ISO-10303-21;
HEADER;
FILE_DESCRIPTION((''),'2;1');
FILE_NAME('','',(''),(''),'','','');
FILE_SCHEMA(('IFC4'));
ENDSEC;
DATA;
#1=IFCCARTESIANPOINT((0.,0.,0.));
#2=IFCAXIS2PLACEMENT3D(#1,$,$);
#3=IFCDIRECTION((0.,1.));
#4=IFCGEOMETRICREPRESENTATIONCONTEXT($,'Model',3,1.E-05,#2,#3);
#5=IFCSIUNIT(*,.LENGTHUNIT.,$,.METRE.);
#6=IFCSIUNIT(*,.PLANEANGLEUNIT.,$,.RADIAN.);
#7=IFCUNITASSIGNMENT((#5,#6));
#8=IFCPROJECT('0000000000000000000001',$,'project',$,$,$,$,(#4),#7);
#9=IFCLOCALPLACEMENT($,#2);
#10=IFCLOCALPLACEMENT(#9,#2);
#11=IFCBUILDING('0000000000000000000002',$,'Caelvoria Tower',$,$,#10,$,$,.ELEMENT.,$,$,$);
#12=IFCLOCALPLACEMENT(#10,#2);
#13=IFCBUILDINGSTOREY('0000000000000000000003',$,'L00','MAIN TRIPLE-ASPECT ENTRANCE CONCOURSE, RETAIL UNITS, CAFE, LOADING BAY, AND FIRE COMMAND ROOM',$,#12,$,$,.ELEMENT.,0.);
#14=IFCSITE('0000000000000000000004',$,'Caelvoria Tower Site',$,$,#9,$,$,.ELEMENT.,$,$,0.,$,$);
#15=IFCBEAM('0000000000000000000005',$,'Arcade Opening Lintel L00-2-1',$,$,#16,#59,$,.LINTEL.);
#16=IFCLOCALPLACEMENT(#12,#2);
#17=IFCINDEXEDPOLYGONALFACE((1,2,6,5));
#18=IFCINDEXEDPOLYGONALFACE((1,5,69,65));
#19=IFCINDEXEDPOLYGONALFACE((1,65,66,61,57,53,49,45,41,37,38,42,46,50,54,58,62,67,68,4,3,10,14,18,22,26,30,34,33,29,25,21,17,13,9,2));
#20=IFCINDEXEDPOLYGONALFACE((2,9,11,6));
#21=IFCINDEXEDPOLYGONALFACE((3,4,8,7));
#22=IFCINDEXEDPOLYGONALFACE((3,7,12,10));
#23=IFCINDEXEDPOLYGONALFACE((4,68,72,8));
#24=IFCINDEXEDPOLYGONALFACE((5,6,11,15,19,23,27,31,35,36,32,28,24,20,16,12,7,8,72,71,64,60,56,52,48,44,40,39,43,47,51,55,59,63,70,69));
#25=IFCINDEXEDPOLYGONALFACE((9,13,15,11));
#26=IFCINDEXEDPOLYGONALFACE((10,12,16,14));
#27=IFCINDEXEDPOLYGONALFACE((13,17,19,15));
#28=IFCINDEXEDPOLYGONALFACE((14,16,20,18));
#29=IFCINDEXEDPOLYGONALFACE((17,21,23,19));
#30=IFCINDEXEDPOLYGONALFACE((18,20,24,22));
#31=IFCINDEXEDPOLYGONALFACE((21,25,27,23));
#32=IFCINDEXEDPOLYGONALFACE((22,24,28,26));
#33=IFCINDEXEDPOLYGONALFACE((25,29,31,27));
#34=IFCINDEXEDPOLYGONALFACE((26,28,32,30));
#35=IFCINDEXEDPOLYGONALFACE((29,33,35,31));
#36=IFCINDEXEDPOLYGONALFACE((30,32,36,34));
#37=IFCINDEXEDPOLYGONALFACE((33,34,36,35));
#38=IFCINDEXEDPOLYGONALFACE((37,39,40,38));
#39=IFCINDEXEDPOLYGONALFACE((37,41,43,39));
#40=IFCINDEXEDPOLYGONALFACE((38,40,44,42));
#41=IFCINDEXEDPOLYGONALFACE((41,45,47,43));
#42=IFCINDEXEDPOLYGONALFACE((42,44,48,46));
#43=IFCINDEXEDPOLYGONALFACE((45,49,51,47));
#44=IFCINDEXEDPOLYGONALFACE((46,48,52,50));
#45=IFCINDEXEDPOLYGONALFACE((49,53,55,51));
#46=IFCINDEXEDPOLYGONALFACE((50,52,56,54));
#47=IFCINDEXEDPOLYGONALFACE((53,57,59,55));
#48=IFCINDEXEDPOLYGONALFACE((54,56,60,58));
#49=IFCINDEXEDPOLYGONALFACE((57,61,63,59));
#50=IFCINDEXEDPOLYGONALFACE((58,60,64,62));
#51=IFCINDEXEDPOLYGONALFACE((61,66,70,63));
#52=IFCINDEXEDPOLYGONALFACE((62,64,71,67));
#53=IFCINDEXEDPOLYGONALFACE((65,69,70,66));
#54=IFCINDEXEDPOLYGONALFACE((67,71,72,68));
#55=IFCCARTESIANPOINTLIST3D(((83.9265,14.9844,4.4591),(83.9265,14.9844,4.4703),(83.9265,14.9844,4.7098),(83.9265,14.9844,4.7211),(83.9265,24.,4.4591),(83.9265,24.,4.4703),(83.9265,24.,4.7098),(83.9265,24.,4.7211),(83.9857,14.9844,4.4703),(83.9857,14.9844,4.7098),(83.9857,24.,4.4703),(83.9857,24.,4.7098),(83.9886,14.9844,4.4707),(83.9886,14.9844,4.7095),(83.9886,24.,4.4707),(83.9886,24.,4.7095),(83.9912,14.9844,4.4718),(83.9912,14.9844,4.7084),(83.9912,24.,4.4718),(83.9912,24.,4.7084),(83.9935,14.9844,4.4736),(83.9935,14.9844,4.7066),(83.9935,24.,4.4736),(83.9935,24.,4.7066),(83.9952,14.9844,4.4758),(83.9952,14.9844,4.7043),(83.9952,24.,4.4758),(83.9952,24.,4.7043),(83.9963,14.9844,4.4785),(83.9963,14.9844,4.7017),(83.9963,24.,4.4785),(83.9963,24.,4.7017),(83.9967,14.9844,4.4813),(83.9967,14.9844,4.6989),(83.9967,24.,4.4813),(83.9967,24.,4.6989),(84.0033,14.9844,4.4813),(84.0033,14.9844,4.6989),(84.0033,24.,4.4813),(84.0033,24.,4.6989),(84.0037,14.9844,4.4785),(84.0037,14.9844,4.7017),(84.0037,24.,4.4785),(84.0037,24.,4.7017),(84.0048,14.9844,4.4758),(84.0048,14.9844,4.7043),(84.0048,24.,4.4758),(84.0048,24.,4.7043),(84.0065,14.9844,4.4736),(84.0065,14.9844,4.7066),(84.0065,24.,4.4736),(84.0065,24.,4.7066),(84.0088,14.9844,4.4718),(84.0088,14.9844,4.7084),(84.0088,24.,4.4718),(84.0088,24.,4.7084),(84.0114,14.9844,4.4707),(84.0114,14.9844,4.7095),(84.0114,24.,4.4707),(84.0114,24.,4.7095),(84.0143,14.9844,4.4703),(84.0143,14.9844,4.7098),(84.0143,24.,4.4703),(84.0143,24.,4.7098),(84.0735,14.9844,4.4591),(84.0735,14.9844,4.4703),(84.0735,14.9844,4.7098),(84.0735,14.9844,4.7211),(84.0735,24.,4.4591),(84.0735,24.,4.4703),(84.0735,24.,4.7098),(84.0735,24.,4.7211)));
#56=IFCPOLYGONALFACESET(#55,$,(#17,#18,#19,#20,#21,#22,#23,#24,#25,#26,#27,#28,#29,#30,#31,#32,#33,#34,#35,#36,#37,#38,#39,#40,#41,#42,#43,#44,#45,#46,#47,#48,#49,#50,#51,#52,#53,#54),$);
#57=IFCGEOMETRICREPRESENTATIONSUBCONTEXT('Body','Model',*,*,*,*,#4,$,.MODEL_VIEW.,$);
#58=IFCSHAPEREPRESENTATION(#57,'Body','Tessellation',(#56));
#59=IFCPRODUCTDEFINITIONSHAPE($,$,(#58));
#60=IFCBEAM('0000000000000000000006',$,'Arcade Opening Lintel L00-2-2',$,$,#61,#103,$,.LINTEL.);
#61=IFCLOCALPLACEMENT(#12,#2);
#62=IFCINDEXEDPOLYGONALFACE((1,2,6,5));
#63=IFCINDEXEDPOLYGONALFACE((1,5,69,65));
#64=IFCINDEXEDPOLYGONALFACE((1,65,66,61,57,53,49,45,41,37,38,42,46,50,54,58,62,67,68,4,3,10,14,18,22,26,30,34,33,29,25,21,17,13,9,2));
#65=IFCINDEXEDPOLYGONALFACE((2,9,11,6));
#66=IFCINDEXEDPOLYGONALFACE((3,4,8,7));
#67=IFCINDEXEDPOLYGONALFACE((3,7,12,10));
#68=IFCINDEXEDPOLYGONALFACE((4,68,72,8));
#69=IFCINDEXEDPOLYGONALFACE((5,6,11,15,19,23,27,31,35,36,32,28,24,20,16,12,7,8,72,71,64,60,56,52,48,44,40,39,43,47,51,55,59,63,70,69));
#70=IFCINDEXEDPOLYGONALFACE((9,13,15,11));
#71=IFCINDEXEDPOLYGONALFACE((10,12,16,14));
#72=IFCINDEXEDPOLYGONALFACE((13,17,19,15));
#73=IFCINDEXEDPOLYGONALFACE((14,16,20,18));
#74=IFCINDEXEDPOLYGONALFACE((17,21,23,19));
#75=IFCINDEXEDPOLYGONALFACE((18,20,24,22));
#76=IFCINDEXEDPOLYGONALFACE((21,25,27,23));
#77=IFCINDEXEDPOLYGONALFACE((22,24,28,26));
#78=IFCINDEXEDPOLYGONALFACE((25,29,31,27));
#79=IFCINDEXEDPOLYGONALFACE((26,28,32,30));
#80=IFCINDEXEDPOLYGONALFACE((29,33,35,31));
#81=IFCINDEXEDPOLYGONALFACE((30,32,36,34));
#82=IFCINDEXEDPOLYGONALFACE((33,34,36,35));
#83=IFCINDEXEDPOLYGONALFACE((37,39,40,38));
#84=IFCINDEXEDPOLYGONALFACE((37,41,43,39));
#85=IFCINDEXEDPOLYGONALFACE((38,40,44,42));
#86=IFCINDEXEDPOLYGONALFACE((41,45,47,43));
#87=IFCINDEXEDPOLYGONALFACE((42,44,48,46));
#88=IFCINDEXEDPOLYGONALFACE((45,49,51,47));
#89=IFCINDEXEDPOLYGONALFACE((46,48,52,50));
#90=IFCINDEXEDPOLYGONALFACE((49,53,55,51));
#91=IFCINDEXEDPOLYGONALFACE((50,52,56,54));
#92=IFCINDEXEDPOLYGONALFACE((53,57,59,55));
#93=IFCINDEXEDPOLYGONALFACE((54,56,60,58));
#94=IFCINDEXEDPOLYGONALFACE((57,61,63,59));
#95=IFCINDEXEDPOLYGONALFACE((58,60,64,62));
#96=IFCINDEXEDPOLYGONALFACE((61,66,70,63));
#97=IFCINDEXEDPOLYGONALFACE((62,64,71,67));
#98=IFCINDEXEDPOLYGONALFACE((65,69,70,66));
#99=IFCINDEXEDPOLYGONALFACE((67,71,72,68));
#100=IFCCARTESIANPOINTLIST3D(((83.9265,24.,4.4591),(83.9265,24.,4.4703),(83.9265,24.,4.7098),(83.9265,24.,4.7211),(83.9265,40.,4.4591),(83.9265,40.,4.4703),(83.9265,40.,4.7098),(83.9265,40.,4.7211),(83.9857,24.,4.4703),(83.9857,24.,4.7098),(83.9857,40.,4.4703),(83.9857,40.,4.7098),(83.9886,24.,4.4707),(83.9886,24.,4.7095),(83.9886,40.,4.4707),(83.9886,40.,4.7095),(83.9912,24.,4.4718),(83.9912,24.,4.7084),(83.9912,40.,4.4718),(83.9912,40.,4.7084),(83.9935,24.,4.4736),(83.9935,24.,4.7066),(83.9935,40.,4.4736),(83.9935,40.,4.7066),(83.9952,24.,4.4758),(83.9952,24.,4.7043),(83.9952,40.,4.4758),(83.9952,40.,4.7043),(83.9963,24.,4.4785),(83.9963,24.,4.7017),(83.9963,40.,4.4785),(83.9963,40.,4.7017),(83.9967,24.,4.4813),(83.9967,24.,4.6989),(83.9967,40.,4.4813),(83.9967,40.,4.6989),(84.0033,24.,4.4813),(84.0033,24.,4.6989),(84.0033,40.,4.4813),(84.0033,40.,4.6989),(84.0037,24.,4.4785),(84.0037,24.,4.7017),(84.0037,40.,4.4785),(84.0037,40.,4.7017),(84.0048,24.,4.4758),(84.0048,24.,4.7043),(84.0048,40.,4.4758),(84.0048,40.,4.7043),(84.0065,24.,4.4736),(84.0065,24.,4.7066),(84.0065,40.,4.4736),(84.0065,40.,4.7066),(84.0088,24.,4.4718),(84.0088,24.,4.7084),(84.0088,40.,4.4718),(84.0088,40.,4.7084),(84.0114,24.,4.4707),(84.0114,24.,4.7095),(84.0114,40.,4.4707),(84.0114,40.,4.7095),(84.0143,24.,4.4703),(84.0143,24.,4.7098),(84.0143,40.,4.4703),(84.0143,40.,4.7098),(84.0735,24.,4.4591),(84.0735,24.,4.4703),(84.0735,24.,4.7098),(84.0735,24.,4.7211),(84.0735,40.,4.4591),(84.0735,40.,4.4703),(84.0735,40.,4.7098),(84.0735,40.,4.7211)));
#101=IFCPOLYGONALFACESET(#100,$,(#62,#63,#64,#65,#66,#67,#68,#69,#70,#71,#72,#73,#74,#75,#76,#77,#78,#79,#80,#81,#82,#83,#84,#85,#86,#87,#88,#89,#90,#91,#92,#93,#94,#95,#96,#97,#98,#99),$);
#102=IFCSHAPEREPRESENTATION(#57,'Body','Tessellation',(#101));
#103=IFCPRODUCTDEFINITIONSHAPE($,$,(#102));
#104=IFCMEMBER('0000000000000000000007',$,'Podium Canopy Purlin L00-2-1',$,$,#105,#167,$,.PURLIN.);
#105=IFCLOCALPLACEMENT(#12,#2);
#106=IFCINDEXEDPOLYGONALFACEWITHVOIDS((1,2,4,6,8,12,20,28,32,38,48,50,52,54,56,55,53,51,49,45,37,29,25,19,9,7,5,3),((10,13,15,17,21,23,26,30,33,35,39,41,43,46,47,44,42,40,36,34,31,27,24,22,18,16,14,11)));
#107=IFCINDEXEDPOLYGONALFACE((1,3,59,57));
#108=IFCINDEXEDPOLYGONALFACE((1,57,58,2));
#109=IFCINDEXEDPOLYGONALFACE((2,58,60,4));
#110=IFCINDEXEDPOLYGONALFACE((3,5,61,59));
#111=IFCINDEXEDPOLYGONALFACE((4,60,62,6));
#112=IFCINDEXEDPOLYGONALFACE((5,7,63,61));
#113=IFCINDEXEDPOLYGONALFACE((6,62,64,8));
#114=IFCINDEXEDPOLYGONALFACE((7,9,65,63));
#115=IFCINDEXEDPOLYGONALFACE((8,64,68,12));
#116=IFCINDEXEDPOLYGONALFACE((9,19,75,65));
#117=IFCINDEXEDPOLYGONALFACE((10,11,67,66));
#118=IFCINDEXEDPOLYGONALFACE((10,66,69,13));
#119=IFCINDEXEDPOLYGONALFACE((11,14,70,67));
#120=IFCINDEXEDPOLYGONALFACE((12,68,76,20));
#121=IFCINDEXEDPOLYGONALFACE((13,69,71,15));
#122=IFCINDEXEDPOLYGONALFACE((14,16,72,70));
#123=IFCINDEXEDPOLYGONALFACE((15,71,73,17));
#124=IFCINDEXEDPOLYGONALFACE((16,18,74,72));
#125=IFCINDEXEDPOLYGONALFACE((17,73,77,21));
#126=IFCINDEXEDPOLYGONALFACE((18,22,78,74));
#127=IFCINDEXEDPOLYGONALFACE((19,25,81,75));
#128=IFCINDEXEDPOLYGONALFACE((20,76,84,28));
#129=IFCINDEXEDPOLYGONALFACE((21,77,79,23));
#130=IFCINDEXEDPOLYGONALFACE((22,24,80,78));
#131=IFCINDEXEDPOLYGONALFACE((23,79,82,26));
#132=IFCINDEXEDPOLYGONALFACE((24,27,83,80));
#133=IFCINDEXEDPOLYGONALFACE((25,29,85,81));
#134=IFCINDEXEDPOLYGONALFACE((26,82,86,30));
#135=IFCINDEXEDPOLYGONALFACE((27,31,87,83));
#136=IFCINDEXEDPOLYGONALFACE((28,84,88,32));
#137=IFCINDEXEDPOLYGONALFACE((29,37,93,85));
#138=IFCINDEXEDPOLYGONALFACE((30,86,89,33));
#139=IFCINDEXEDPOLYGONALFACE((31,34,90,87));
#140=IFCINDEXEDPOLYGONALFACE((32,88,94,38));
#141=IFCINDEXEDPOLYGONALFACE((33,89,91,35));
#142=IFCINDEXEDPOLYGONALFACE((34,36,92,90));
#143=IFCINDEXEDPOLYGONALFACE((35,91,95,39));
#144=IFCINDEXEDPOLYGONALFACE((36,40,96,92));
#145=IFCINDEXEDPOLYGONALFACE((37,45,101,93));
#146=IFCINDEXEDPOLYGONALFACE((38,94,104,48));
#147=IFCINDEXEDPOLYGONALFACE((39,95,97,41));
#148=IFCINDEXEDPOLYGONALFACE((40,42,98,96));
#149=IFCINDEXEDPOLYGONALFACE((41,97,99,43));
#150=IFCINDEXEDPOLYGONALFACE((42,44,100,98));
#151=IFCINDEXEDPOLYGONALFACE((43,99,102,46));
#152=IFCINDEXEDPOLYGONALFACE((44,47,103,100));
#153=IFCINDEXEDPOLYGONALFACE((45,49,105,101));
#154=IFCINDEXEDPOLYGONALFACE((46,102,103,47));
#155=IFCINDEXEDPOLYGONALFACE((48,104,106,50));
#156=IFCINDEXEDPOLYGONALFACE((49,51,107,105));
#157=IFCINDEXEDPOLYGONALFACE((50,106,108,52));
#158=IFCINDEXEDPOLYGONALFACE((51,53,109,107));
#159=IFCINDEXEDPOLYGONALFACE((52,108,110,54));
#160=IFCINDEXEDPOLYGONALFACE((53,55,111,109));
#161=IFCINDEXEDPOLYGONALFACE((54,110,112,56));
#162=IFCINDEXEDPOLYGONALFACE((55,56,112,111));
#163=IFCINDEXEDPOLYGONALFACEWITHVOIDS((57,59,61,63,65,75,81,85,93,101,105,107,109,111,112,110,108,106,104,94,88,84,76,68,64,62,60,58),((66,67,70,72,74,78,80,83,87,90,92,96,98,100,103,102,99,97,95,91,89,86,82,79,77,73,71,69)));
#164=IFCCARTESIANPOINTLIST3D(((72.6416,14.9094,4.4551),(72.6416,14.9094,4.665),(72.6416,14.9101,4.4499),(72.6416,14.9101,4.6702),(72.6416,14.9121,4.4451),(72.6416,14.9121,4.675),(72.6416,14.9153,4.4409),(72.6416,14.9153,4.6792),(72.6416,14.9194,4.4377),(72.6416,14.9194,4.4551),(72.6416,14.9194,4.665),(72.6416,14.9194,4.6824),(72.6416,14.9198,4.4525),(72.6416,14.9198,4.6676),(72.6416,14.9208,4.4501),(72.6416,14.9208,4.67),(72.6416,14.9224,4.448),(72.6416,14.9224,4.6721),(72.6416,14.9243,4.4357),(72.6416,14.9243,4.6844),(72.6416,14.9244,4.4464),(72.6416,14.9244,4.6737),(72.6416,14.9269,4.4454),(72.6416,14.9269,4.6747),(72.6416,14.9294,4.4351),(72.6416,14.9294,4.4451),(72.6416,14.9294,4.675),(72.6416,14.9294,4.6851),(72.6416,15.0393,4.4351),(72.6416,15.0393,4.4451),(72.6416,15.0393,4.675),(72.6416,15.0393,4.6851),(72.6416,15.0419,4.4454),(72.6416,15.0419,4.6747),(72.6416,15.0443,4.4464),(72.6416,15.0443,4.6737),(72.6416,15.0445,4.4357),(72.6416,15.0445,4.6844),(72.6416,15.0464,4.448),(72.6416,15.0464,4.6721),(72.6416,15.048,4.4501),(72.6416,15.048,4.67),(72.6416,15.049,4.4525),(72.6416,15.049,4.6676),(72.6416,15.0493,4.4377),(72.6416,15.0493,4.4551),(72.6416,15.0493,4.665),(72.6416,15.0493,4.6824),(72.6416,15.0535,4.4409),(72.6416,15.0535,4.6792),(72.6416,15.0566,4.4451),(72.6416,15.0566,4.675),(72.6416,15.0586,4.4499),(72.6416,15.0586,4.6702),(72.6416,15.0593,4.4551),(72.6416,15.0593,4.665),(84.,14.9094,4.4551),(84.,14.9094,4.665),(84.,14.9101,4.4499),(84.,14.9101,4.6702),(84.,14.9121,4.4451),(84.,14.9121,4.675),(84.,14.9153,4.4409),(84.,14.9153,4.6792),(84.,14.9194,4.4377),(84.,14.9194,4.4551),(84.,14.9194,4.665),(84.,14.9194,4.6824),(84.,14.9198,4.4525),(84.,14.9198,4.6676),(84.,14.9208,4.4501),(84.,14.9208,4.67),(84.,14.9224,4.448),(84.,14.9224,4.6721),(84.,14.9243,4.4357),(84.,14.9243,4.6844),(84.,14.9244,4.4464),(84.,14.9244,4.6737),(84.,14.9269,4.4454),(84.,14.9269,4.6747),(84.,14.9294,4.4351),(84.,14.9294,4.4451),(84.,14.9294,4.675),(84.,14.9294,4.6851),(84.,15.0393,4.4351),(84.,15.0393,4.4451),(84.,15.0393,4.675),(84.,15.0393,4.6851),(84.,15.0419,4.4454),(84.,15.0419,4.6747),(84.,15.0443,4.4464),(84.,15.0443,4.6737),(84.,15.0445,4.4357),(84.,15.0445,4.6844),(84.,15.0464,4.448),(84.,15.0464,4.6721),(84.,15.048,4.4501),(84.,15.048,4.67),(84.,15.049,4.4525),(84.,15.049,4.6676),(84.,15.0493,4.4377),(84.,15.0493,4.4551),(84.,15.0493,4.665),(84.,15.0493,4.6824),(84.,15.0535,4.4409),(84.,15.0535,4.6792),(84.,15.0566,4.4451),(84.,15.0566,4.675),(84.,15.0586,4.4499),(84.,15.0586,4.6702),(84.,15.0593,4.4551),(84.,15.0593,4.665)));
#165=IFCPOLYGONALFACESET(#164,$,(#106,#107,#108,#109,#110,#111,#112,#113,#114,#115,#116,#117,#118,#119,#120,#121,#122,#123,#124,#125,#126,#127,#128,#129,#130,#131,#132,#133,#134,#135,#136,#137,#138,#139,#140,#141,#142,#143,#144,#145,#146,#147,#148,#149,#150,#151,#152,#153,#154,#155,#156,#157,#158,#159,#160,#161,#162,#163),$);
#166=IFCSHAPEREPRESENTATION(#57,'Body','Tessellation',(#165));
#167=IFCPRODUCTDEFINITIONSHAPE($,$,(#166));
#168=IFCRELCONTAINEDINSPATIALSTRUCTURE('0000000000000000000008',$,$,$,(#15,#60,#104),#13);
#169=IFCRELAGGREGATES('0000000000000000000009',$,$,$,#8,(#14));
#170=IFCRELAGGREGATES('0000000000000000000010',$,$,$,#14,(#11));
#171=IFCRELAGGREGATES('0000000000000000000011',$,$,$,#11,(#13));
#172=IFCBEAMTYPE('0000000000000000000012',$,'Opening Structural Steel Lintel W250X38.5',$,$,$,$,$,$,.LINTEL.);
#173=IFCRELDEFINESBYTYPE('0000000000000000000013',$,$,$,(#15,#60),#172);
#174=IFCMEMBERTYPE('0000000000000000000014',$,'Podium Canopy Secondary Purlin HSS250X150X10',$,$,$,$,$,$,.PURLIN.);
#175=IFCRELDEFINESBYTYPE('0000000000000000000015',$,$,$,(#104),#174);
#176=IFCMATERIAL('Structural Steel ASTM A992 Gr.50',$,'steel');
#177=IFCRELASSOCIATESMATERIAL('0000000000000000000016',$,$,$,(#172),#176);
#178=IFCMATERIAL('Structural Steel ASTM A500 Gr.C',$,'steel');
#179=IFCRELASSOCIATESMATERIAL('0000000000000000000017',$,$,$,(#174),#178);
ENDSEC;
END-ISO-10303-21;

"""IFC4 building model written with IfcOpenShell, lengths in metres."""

from ifc_helpers import new_model, si_unit, direction, frame, origin, origin_2d, place, context, subcontext, project, spatial, hollow_rectangle, i_section, extrude, material, material_profile, profile_set, type_object, element, save


model = new_model("IFC4")

# Units and contexts
model_context = context("Model", 3, precision=1e-05, world=origin(), true_north=direction((0.0, 1.0)))
body_context = subcontext(model_context, "Body", "Model", "MODEL_VIEW")
ifc_project = project(units=[si_unit("LENGTHUNIT", "METRE"), si_unit("PLANEANGLEUNIT", "RADIAN")], contexts=[model_context])

# Site, building, storey
site_placement = place(None, origin())
site = spatial("IfcSite", under=ifc_project, at=site_placement, Name="Caelvoria Tower Site", CompositionType="ELEMENT", RefElevation=0.0)
building_placement = place(site_placement, origin())
building = spatial("IfcBuilding", under=site, at=building_placement, Name="Caelvoria Tower", CompositionType="ELEMENT")
storey_placement = place(building_placement, origin())
storey = spatial("IfcBuildingStorey", under=building, at=storey_placement, Name="L00", Description="MAIN TRIPLE-ASPECT ENTRANCE CONCOURSE, RETAIL UNITS, CAFE, LOADING BAY, AND FIRE COMMAND ROOM", CompositionType="ELEMENT", Elevation=0.0)

# Beams
ifc_material_1 = material(Name="Structural Steel ASTM A992 Gr.50", Category="steel")
ifc_material_profile_1 = material_profile(ifc_material_1, i_section(OverallWidth=0.147, OverallDepth=0.262, WebThickness=0.0066, FlangeThickness=0.0112, FilletRadius=0.011, at=origin_2d()), Name="Structural Steel ASTM A992 Gr.50")
ifc_profile_set_1 = profile_set([ifc_material_profile_1], Name="W250X38.5 - Structural Steel ASTM A992 Gr.50")
beam_type_1 = type_object("IfcBeamType", Name="Opening Structural Steel Lintel W250X38.5", PredefinedType="LINTEL", material=ifc_profile_set_1)
beam_1_placement = place(storey_placement, frame((84.0, 14.9844, 4.5901), z_axis=(0.0, 1.0, 0.0), x_axis=(-1.0, 0.0, 0.0)))
element("IfcBeam", 1, at=beam_1_placement, inside=storey, type_object=beam_type_1, Name="Arcade Opening Lintel L00-2-1", PredefinedType="LINTEL", context=body_context, shape_type="SweptSolid", body=[
    extrude(i_section(OverallWidth=0.147, OverallDepth=0.262, WebThickness=0.0066, FlangeThickness=0.0112, FilletRadius=0.011, at=origin_2d()), origin(), (0.0, 0.0, 1.0), 9.0156),
])
beam_2_placement = place(storey_placement, frame((84.0, 24.0, 4.5901), z_axis=(0.0, 1.0, 0.0), x_axis=(-1.0, 0.0, 0.0)))
element("IfcBeam", 2, at=beam_2_placement, inside=storey, type_object=beam_type_1, Name="Arcade Opening Lintel L00-2-2", PredefinedType="LINTEL", context=body_context, shape_type="SweptSolid", body=[
    extrude(i_section(OverallWidth=0.147, OverallDepth=0.262, WebThickness=0.0066, FlangeThickness=0.0112, FilletRadius=0.011, at=origin_2d()), origin(), (0.0, 0.0, 1.0), 16.0),
])

# Member
ifc_material_2 = material(Name="Structural Steel ASTM A500 Gr.C", Category="steel")
ifc_material_profile_2 = material_profile(ifc_material_2, hollow_rectangle(XDim=0.1499, YDim=0.25, WallThickness=0.01, InnerFilletRadius=0.01, OuterFilletRadius=0.02, at=origin_2d()), Name="Structural Steel ASTM A500 Gr.C")
ifc_profile_set_2 = profile_set([ifc_material_profile_2], Name="HSS250X150X10 - Structural Steel ASTM A500 Gr.C")
member_type = type_object("IfcMemberType", Name="Podium Canopy Secondary Purlin HSS250X150X10", PredefinedType="PURLIN", material=ifc_profile_set_2)
member_1_placement = place(storey_placement, frame((84.0, 14.9844, 4.5601), z_axis=(-1.0, 0.0, 0.0), x_axis=(0.0, -1.0, 0.0)))
element("IfcMember", 3, at=member_1_placement, inside=storey, type_object=member_type, Name="Podium Canopy Purlin L00-2-1", PredefinedType="PURLIN", context=body_context, shape_type="SweptSolid", body=[
    extrude(hollow_rectangle(XDim=0.1499, YDim=0.25, WallThickness=0.01, InnerFilletRadius=0.01, OuterFilletRadius=0.02, at=origin_2d()), origin(), (0.0, 0.0, 1.0), 11.3584),
])

save(model, "model.ifc")
